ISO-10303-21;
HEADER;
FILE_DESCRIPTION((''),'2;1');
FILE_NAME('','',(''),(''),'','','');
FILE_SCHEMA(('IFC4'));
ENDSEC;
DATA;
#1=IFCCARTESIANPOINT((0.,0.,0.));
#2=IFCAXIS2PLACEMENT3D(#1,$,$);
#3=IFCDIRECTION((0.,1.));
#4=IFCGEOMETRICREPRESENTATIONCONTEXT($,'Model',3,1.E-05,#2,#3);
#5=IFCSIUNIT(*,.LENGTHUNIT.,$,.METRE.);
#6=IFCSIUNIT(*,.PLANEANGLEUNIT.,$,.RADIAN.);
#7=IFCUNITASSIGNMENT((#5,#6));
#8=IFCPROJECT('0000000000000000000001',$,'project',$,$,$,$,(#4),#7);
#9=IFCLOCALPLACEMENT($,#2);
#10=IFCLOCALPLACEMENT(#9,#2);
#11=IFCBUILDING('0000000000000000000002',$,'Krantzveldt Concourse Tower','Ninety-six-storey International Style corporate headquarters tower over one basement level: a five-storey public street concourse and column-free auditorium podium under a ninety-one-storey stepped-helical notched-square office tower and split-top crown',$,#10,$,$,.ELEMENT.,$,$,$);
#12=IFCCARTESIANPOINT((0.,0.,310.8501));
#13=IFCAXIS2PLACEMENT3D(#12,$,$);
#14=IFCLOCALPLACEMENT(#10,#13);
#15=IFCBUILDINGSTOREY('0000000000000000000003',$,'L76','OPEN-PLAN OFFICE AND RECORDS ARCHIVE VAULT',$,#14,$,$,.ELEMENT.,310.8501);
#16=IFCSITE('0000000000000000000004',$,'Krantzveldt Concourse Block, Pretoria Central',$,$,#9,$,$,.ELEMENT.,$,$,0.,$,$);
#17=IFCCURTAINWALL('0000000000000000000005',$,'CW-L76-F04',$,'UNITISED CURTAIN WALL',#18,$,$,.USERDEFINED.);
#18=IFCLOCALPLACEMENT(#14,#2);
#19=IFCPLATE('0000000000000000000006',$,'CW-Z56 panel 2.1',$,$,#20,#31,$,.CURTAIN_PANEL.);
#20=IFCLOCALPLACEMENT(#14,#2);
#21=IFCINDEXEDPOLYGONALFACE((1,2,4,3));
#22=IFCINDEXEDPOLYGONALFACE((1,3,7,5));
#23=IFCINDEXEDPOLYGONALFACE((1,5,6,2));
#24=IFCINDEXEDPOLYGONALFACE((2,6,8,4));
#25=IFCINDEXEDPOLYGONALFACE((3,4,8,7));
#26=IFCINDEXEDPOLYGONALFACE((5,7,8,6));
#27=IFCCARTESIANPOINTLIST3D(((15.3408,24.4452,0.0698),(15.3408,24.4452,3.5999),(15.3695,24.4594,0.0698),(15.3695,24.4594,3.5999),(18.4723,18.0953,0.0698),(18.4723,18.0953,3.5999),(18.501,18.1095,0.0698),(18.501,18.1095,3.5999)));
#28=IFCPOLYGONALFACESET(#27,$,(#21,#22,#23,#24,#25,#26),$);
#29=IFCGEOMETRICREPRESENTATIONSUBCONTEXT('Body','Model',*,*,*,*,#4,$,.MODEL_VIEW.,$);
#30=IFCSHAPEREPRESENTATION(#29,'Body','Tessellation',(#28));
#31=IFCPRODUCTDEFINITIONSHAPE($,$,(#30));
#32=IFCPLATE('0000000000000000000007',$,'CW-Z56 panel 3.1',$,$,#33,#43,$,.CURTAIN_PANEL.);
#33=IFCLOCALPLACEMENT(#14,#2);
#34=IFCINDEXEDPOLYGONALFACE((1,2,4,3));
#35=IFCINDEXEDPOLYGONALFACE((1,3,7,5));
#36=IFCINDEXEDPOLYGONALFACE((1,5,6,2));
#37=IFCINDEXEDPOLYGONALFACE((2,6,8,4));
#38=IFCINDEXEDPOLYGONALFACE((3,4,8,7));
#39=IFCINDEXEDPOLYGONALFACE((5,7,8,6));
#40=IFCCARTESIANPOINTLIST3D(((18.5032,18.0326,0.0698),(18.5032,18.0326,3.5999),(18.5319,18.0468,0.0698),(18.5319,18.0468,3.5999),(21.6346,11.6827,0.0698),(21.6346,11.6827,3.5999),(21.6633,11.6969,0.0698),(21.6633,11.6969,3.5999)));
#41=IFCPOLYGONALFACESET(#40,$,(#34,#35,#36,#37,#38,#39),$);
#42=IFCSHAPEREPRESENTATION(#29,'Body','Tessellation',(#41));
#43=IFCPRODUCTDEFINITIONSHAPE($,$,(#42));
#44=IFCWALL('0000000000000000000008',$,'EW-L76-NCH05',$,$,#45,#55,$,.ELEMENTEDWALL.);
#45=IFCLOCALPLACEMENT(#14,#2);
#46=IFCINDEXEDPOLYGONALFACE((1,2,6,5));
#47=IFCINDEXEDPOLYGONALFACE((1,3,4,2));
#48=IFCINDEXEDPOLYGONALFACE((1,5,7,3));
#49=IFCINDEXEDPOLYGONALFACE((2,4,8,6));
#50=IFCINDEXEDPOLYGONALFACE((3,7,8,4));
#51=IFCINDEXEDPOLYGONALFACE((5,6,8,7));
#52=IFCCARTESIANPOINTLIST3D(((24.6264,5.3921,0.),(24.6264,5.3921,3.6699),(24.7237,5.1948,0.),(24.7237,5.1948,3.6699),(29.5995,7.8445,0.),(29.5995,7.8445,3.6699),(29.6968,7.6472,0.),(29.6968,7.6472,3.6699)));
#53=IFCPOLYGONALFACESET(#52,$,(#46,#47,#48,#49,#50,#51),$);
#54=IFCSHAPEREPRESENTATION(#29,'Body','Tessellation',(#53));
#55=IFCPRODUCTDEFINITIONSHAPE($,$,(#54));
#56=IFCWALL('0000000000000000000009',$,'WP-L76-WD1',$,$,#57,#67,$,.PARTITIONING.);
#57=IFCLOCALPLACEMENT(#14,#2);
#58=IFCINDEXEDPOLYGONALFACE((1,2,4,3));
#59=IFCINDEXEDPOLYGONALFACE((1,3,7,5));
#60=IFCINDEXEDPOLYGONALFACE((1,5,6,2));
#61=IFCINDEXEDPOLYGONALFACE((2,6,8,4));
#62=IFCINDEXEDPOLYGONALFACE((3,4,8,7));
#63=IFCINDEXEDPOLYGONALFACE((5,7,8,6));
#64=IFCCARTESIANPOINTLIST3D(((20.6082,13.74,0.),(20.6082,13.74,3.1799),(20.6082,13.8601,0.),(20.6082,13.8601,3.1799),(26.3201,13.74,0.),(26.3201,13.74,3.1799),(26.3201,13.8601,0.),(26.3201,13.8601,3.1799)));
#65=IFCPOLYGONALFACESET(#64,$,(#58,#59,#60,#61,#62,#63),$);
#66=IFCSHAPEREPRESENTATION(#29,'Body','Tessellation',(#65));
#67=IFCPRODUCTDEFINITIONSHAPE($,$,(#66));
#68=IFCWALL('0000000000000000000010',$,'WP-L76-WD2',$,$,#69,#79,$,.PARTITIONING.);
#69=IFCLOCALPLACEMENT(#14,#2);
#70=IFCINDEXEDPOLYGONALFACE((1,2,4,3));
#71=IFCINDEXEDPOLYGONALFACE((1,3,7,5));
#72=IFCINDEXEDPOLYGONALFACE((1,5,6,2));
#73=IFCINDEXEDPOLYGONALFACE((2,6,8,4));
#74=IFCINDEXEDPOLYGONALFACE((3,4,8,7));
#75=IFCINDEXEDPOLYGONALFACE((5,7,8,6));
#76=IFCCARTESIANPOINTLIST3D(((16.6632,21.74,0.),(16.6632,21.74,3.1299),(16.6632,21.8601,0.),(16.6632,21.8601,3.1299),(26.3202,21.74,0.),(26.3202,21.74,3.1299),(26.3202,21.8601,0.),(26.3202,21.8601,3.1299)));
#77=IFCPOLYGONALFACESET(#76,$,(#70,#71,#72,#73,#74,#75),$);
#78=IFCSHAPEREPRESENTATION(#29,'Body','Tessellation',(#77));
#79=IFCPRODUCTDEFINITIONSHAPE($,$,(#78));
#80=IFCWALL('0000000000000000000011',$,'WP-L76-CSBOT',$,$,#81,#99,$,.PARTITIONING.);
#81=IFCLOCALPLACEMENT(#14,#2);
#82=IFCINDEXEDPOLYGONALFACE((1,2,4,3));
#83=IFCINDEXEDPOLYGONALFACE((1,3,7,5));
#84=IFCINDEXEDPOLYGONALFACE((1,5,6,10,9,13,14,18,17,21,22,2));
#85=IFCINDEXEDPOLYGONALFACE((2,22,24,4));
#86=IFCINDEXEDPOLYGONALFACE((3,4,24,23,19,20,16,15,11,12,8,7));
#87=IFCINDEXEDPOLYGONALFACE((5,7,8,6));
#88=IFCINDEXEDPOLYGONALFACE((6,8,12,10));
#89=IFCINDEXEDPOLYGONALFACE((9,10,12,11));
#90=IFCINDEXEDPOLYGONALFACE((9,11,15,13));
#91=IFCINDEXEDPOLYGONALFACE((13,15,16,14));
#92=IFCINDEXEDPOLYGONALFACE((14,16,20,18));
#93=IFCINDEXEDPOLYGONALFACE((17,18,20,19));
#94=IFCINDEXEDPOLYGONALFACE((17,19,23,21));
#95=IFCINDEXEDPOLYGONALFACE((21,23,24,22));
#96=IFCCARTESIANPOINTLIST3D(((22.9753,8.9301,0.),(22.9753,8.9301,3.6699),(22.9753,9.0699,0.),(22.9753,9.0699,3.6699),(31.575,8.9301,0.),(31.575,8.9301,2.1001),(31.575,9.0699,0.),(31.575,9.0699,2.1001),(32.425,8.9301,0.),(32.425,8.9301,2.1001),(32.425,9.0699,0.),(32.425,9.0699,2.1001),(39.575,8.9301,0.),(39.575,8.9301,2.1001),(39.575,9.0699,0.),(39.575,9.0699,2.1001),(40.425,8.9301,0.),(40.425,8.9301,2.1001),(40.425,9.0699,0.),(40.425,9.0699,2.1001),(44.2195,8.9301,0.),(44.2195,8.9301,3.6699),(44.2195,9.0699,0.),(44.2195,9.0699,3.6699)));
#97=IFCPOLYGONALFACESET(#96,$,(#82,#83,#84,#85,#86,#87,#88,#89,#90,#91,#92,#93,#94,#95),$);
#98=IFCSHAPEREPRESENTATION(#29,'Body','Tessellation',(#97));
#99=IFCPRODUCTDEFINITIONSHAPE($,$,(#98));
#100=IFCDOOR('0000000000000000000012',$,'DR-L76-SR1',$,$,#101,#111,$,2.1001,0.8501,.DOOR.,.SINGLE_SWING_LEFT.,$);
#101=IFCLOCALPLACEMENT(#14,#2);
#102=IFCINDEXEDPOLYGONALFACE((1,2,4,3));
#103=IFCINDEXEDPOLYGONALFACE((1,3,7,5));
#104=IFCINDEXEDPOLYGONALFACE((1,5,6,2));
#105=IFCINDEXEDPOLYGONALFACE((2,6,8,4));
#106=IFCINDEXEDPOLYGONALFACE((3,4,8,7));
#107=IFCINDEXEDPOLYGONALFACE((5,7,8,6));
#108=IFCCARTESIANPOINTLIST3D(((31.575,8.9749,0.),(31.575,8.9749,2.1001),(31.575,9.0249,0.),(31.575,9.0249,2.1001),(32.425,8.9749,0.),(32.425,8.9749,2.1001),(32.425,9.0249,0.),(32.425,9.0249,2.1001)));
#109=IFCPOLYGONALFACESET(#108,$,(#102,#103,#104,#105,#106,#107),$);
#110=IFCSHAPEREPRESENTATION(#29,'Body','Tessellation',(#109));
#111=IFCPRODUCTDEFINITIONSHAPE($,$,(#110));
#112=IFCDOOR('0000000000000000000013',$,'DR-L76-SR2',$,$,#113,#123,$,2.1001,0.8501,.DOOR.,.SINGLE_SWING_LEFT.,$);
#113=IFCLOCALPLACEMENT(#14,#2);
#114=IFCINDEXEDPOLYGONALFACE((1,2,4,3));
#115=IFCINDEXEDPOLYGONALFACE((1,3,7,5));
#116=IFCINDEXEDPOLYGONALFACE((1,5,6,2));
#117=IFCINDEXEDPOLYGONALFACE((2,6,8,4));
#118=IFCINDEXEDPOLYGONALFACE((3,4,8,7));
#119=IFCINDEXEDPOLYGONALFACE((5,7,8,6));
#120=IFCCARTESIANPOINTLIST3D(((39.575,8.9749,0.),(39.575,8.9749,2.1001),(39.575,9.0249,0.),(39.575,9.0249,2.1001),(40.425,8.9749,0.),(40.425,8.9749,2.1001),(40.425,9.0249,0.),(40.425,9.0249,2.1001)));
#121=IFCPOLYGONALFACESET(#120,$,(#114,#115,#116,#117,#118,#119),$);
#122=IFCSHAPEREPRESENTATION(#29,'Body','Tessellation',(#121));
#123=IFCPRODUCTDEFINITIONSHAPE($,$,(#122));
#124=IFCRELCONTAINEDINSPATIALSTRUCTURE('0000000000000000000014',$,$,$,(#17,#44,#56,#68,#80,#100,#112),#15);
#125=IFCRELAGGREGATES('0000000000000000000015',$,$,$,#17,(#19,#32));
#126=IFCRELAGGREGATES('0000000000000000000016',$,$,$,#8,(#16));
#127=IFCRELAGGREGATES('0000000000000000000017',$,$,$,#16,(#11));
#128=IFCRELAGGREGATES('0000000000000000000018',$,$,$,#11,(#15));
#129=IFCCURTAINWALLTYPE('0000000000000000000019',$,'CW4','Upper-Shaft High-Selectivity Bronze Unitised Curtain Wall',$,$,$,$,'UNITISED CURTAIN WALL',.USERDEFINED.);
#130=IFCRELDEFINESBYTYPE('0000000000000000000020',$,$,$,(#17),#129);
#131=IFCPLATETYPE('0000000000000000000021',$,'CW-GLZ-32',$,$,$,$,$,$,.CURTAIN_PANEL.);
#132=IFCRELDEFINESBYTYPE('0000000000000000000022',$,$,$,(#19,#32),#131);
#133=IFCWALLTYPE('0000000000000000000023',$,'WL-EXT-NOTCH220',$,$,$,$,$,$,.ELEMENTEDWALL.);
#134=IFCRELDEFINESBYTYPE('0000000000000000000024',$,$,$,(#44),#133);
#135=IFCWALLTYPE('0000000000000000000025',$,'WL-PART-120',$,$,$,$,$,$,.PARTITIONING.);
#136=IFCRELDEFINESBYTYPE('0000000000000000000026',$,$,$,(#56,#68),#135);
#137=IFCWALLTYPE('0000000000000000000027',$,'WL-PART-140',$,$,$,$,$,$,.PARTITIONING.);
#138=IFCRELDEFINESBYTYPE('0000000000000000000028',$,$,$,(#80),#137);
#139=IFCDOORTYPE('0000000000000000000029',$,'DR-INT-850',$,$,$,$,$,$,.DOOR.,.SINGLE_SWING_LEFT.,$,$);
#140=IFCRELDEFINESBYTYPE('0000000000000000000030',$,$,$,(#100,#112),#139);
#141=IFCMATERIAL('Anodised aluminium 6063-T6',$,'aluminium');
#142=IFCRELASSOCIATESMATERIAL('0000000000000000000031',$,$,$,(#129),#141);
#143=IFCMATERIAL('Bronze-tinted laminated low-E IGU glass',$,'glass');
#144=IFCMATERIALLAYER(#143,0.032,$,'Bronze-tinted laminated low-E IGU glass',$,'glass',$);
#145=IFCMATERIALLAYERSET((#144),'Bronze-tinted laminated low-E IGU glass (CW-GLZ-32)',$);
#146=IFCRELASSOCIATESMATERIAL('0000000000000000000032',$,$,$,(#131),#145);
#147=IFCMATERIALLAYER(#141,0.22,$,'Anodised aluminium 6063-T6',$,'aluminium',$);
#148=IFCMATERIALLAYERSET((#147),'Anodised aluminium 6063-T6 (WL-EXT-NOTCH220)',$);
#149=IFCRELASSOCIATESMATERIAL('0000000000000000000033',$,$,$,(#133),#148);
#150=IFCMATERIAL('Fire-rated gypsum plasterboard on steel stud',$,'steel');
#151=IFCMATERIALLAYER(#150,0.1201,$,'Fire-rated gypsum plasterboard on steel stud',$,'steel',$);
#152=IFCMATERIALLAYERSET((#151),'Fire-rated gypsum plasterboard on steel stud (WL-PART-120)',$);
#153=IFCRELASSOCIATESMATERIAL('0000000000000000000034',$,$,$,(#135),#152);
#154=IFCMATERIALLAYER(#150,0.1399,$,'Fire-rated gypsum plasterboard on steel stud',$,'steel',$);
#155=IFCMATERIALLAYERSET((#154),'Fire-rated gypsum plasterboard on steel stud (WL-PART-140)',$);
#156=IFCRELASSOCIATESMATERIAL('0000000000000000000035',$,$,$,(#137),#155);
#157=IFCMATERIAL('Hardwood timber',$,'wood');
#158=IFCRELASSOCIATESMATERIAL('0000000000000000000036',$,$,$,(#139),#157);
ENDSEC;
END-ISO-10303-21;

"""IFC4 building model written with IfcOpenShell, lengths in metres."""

from ifc_helpers import new_model, si_unit, direction, frame, frame_2d, origin, origin_2d, place, context, subcontext, project, spatial, rectangle, extrude, source, transform, mapped, material, layer, layer_set, type_object, element, fill, aggregate, save


model = new_model("IFC4")

# Units and contexts
model_context = context("Model", 3, precision=1e-05, world=origin(), true_north=direction((0.0, 1.0)))
body_context = subcontext(model_context, "Body", "Model", "MODEL_VIEW")
ifc_project = project(units=[si_unit("LENGTHUNIT", "METRE"), si_unit("PLANEANGLEUNIT", "RADIAN")], contexts=[model_context])

# Site, building, storey
site_placement = place(None, origin())
site = spatial("IfcSite", under=ifc_project, at=site_placement, Name="Krantzveldt Concourse Block, Pretoria Central", CompositionType="ELEMENT", RefElevation=0.0)
building_placement = place(site_placement, origin())
building = spatial("IfcBuilding", under=site, at=building_placement, Name="Krantzveldt Concourse Tower", Description="Ninety-six-storey International Style corporate headquarters tower over one basement level: a five-storey public street concourse and column-free auditorium podium under a ninety-one-storey stepped-helical notched-square office tower and split-top crown", CompositionType="ELEMENT")
storey_placement = place(building_placement, frame((0.0, 0.0, 310.8501)))
storey = spatial("IfcBuildingStorey", under=building, at=storey_placement, Name="L76", Description="OPEN-PLAN OFFICE AND RECORDS ARCHIVE VAULT", CompositionType="ELEMENT", Elevation=310.8501)

# Curtain wall
ifc_material_1 = material(Name="Anodised aluminium 6063-T6", Category="aluminium")
curtain_wall_type = type_object("IfcCurtainWallType", Name="CW4", Description="Upper-Shaft High-Selectivity Bronze Unitised Curtain Wall", ElementType="UNITISED CURTAIN WALL", PredefinedType="USERDEFINED", material=ifc_material_1)
curtain_wall_placement = place(storey_placement, origin())
curtain_wall = element("IfcCurtainWall", 1, at=curtain_wall_placement, inside=storey, type_object=curtain_wall_type, Name="CW-L76-F04", ObjectType="UNITISED CURTAIN WALL", PredefinedType="USERDEFINED")

# Plates
ifc_material_2 = material(Name="Bronze-tinted laminated low-E IGU glass", Category="glass")
ifc_layer_1 = layer(ifc_material_2, 0.032, Name="Bronze-tinted laminated low-E IGU glass", Category="glass")
ifc_layer_set_1 = layer_set([ifc_layer_1], Name="Bronze-tinted laminated low-E IGU glass (CW-GLZ-32)")
plate_type = type_object("IfcPlateType", Name="CW-GLZ-32", PredefinedType="CURTAIN_PANEL", material=ifc_layer_set_1)
shared_shape_1 = source(origin(), body_context, "Body", "SweptSolid", [
    extrude(rectangle(XDim=7.0801, YDim=0.032, at=origin_2d()), origin(), (0.0, 0.0, 1.0), 3.53),
])
plate_1_placement = place(storey_placement, frame((16.9209, 21.2773, 0.0698), z_axis=(0.0, 0.0, 1.0), x_axis=(0.442289, -0.896873, 0.0)))
plate_1 = element("IfcPlate", 2, at=plate_1_placement, type_object=plate_type, Name="CW-Z56 panel 2.1", PredefinedType="CURTAIN_PANEL", context=body_context, shape_type="MappedRepresentation", body=[
    mapped(shared_shape_1, transform((0.0, 0.0, 0.0), x_axis=(1.0, 0.0, 0.0), y_axis=(0.0, 1.0, 0.0), z_axis=(0.0, 0.0, 1.0), scale=1.0)),
])
plate_2_placement = place(storey_placement, frame((20.0833, 14.8647, 0.0698), z_axis=(0.0, 0.0, 1.0), x_axis=(0.442289, -0.896873, 0.0)))
plate_2 = element("IfcPlate", 3, at=plate_2_placement, type_object=plate_type, Name="CW-Z56 panel 3.1", PredefinedType="CURTAIN_PANEL", context=body_context, shape_type="MappedRepresentation", body=[
    mapped(shared_shape_1, transform((0.0, 0.0, 0.0), x_axis=(1.0, 0.0, 0.0), y_axis=(0.0, 1.0, 0.0), z_axis=(0.0, 0.0, 1.0), scale=1.0)),
])
aggregate(curtain_wall, [plate_1, plate_2])

# Walls
ifc_layer_2 = layer(ifc_material_1, 0.22, Name="Anodised aluminium 6063-T6", Category="aluminium")
ifc_layer_set_2 = layer_set([ifc_layer_2], Name="Anodised aluminium 6063-T6 (WL-EXT-NOTCH220)")
wall_type_1 = type_object("IfcWallType", Name="WL-EXT-NOTCH220", PredefinedType="ELEMENTEDWALL", material=ifc_layer_set_2)
wall_1_placement = place(storey_placement, frame((24.675, 5.2935, 0.0), z_axis=(0.0, 0.0, 1.0), x_axis=(0.896879, 0.442276, 0.0)))
element("IfcWall", 4, at=wall_1_placement, inside=storey, type_object=wall_type_1, Name="EW-L76-NCH05", PredefinedType="ELEMENTEDWALL", context=body_context, shape_type="SweptSolid", body=[
    extrude(rectangle(XDim=5.5449, YDim=0.22, at=frame_2d((2.7725, 0.0))), origin(), (0.0, 0.0, 1.0), 3.6699),
])
ifc_material_3 = material(Name="Fire-rated gypsum plasterboard on steel stud", Category="steel")
ifc_layer_3 = layer(ifc_material_3, 0.1201, Name="Fire-rated gypsum plasterboard on steel stud", Category="steel")
ifc_layer_set_3 = layer_set([ifc_layer_3], Name="Fire-rated gypsum plasterboard on steel stud (WL-PART-120)")
wall_type_2 = type_object("IfcWallType", Name="WL-PART-120", PredefinedType="PARTITIONING", material=ifc_layer_set_3)
wall_2_placement = place(storey_placement, frame((20.6082, 13.8, 0.0), z_axis=(0.0, 0.0, 1.0), x_axis=(1.0, 0.0, 0.0)))
element("IfcWall", 5, at=wall_2_placement, inside=storey, type_object=wall_type_2, Name="WP-L76-WD1", PredefinedType="PARTITIONING", context=body_context, shape_type="SweptSolid", body=[
    extrude(rectangle(XDim=5.7119, YDim=0.1201, at=frame_2d((2.856, 0.0))), origin(), (0.0, 0.0, 1.0), 3.1799),
])
wall_3_placement = place(storey_placement, frame((16.6631, 21.8, 0.0), z_axis=(0.0, 0.0, 1.0), x_axis=(1.0, 0.0, 0.0)))
element("IfcWall", 6, at=wall_3_placement, inside=storey, type_object=wall_type_2, Name="WP-L76-WD2", PredefinedType="PARTITIONING", context=body_context, shape_type="SweptSolid", body=[
    extrude(rectangle(XDim=9.657, YDim=0.1201, at=frame_2d((4.8286, 0.0))), origin(), (0.0, 0.0, 1.0), 3.1299),
])

# Wall, openings, doors
ifc_layer_4 = layer(ifc_material_3, 0.1399, Name="Fire-rated gypsum plasterboard on steel stud", Category="steel")
ifc_layer_set_4 = layer_set([ifc_layer_4], Name="Fire-rated gypsum plasterboard on steel stud (WL-PART-140)")
wall_type_3 = type_object("IfcWallType", Name="WL-PART-140", PredefinedType="PARTITIONING", material=ifc_layer_set_4)
wall_4_placement = place(storey_placement, frame((22.9753, 9.0, 0.0), z_axis=(0.0, 0.0, 1.0), x_axis=(1.0, 0.0, 0.0)))
wall_4 = element("IfcWall", 7, at=wall_4_placement, inside=storey, type_object=wall_type_3, Name="WP-L76-CSBOT", PredefinedType="PARTITIONING", context=body_context, shape_type="SweptSolid", body=[
    extrude(rectangle(XDim=21.2441, YDim=0.1399, at=frame_2d((10.6221, 0.0))), origin(), (0.0, 0.0, 1.0), 3.6699),
])
opening_1_placement = place(wall_4_placement, frame((8.5996, 0.0, 0.0)))
opening_1 = element("IfcOpeningElement", 8, at=opening_1_placement, cuts=wall_4, PredefinedType="OPENING", context=body_context, shape_type="SweptSolid", body=[
    extrude(rectangle(XDim=0.8501, YDim=2.1001, at=frame_2d((0.425, 1.05))), frame((0.0, 0.0801, 0.0), z_axis=(0.0, -1.0, 0.0), x_axis=(1.0, 0.0, 0.0)), (0.0, 0.0, 1.0), 0.1599),
])
opening_2_placement = place(wall_4_placement, frame((16.5996, 0.0, 0.0)))
opening_2 = element("IfcOpeningElement", 9, at=opening_2_placement, cuts=wall_4, PredefinedType="OPENING", context=body_context, shape_type="SweptSolid", body=[
    extrude(rectangle(XDim=0.8501, YDim=2.1001, at=frame_2d((0.425, 1.05))), frame((0.0, 0.0801, 0.0), z_axis=(0.0, -1.0, 0.0), x_axis=(1.0, 0.0, 0.0)), (0.0, 0.0, 1.0), 0.1599),
])
ifc_material_4 = material(Name="Hardwood timber", Category="wood")
door_type = type_object("IfcDoorType", Name="DR-INT-850", OperationType="SINGLE_SWING_LEFT", PredefinedType="DOOR", material=ifc_material_4)
door_1_placement = place(opening_1_placement, origin())
door_1 = element("IfcDoor", 10, at=door_1_placement, inside=storey, type_object=door_type, Name="DR-L76-SR1", OperationType="SINGLE_SWING_LEFT", OverallHeight=2.1001, OverallWidth=0.8501, PredefinedType="DOOR", context=body_context, shape_type="SweptSolid", body=[
    extrude(rectangle(XDim=0.8501, YDim=2.1001, at=frame_2d((0.425, 1.05))), frame((0.0, 0.0249, 0.0), z_axis=(0.0, -1.0, 0.0), x_axis=(1.0, 0.0, 0.0)), (0.0, 0.0, 1.0), 0.05),
])
fill(opening_1, door_1)
door_2_placement = place(opening_2_placement, origin())
door_2 = element("IfcDoor", 11, at=door_2_placement, inside=storey, type_object=door_type, Name="DR-L76-SR2", OperationType="SINGLE_SWING_LEFT", OverallHeight=2.1001, OverallWidth=0.8501, PredefinedType="DOOR", context=body_context, shape_type="SweptSolid", body=[
    extrude(rectangle(XDim=0.8501, YDim=2.1001, at=frame_2d((0.425, 1.05))), frame((0.0, 0.0249, 0.0), z_axis=(0.0, -1.0, 0.0), x_axis=(1.0, 0.0, 0.0)), (0.0, 0.0, 1.0), 0.05),
])
fill(opening_2, door_2)

save(model, "model.ifc")
